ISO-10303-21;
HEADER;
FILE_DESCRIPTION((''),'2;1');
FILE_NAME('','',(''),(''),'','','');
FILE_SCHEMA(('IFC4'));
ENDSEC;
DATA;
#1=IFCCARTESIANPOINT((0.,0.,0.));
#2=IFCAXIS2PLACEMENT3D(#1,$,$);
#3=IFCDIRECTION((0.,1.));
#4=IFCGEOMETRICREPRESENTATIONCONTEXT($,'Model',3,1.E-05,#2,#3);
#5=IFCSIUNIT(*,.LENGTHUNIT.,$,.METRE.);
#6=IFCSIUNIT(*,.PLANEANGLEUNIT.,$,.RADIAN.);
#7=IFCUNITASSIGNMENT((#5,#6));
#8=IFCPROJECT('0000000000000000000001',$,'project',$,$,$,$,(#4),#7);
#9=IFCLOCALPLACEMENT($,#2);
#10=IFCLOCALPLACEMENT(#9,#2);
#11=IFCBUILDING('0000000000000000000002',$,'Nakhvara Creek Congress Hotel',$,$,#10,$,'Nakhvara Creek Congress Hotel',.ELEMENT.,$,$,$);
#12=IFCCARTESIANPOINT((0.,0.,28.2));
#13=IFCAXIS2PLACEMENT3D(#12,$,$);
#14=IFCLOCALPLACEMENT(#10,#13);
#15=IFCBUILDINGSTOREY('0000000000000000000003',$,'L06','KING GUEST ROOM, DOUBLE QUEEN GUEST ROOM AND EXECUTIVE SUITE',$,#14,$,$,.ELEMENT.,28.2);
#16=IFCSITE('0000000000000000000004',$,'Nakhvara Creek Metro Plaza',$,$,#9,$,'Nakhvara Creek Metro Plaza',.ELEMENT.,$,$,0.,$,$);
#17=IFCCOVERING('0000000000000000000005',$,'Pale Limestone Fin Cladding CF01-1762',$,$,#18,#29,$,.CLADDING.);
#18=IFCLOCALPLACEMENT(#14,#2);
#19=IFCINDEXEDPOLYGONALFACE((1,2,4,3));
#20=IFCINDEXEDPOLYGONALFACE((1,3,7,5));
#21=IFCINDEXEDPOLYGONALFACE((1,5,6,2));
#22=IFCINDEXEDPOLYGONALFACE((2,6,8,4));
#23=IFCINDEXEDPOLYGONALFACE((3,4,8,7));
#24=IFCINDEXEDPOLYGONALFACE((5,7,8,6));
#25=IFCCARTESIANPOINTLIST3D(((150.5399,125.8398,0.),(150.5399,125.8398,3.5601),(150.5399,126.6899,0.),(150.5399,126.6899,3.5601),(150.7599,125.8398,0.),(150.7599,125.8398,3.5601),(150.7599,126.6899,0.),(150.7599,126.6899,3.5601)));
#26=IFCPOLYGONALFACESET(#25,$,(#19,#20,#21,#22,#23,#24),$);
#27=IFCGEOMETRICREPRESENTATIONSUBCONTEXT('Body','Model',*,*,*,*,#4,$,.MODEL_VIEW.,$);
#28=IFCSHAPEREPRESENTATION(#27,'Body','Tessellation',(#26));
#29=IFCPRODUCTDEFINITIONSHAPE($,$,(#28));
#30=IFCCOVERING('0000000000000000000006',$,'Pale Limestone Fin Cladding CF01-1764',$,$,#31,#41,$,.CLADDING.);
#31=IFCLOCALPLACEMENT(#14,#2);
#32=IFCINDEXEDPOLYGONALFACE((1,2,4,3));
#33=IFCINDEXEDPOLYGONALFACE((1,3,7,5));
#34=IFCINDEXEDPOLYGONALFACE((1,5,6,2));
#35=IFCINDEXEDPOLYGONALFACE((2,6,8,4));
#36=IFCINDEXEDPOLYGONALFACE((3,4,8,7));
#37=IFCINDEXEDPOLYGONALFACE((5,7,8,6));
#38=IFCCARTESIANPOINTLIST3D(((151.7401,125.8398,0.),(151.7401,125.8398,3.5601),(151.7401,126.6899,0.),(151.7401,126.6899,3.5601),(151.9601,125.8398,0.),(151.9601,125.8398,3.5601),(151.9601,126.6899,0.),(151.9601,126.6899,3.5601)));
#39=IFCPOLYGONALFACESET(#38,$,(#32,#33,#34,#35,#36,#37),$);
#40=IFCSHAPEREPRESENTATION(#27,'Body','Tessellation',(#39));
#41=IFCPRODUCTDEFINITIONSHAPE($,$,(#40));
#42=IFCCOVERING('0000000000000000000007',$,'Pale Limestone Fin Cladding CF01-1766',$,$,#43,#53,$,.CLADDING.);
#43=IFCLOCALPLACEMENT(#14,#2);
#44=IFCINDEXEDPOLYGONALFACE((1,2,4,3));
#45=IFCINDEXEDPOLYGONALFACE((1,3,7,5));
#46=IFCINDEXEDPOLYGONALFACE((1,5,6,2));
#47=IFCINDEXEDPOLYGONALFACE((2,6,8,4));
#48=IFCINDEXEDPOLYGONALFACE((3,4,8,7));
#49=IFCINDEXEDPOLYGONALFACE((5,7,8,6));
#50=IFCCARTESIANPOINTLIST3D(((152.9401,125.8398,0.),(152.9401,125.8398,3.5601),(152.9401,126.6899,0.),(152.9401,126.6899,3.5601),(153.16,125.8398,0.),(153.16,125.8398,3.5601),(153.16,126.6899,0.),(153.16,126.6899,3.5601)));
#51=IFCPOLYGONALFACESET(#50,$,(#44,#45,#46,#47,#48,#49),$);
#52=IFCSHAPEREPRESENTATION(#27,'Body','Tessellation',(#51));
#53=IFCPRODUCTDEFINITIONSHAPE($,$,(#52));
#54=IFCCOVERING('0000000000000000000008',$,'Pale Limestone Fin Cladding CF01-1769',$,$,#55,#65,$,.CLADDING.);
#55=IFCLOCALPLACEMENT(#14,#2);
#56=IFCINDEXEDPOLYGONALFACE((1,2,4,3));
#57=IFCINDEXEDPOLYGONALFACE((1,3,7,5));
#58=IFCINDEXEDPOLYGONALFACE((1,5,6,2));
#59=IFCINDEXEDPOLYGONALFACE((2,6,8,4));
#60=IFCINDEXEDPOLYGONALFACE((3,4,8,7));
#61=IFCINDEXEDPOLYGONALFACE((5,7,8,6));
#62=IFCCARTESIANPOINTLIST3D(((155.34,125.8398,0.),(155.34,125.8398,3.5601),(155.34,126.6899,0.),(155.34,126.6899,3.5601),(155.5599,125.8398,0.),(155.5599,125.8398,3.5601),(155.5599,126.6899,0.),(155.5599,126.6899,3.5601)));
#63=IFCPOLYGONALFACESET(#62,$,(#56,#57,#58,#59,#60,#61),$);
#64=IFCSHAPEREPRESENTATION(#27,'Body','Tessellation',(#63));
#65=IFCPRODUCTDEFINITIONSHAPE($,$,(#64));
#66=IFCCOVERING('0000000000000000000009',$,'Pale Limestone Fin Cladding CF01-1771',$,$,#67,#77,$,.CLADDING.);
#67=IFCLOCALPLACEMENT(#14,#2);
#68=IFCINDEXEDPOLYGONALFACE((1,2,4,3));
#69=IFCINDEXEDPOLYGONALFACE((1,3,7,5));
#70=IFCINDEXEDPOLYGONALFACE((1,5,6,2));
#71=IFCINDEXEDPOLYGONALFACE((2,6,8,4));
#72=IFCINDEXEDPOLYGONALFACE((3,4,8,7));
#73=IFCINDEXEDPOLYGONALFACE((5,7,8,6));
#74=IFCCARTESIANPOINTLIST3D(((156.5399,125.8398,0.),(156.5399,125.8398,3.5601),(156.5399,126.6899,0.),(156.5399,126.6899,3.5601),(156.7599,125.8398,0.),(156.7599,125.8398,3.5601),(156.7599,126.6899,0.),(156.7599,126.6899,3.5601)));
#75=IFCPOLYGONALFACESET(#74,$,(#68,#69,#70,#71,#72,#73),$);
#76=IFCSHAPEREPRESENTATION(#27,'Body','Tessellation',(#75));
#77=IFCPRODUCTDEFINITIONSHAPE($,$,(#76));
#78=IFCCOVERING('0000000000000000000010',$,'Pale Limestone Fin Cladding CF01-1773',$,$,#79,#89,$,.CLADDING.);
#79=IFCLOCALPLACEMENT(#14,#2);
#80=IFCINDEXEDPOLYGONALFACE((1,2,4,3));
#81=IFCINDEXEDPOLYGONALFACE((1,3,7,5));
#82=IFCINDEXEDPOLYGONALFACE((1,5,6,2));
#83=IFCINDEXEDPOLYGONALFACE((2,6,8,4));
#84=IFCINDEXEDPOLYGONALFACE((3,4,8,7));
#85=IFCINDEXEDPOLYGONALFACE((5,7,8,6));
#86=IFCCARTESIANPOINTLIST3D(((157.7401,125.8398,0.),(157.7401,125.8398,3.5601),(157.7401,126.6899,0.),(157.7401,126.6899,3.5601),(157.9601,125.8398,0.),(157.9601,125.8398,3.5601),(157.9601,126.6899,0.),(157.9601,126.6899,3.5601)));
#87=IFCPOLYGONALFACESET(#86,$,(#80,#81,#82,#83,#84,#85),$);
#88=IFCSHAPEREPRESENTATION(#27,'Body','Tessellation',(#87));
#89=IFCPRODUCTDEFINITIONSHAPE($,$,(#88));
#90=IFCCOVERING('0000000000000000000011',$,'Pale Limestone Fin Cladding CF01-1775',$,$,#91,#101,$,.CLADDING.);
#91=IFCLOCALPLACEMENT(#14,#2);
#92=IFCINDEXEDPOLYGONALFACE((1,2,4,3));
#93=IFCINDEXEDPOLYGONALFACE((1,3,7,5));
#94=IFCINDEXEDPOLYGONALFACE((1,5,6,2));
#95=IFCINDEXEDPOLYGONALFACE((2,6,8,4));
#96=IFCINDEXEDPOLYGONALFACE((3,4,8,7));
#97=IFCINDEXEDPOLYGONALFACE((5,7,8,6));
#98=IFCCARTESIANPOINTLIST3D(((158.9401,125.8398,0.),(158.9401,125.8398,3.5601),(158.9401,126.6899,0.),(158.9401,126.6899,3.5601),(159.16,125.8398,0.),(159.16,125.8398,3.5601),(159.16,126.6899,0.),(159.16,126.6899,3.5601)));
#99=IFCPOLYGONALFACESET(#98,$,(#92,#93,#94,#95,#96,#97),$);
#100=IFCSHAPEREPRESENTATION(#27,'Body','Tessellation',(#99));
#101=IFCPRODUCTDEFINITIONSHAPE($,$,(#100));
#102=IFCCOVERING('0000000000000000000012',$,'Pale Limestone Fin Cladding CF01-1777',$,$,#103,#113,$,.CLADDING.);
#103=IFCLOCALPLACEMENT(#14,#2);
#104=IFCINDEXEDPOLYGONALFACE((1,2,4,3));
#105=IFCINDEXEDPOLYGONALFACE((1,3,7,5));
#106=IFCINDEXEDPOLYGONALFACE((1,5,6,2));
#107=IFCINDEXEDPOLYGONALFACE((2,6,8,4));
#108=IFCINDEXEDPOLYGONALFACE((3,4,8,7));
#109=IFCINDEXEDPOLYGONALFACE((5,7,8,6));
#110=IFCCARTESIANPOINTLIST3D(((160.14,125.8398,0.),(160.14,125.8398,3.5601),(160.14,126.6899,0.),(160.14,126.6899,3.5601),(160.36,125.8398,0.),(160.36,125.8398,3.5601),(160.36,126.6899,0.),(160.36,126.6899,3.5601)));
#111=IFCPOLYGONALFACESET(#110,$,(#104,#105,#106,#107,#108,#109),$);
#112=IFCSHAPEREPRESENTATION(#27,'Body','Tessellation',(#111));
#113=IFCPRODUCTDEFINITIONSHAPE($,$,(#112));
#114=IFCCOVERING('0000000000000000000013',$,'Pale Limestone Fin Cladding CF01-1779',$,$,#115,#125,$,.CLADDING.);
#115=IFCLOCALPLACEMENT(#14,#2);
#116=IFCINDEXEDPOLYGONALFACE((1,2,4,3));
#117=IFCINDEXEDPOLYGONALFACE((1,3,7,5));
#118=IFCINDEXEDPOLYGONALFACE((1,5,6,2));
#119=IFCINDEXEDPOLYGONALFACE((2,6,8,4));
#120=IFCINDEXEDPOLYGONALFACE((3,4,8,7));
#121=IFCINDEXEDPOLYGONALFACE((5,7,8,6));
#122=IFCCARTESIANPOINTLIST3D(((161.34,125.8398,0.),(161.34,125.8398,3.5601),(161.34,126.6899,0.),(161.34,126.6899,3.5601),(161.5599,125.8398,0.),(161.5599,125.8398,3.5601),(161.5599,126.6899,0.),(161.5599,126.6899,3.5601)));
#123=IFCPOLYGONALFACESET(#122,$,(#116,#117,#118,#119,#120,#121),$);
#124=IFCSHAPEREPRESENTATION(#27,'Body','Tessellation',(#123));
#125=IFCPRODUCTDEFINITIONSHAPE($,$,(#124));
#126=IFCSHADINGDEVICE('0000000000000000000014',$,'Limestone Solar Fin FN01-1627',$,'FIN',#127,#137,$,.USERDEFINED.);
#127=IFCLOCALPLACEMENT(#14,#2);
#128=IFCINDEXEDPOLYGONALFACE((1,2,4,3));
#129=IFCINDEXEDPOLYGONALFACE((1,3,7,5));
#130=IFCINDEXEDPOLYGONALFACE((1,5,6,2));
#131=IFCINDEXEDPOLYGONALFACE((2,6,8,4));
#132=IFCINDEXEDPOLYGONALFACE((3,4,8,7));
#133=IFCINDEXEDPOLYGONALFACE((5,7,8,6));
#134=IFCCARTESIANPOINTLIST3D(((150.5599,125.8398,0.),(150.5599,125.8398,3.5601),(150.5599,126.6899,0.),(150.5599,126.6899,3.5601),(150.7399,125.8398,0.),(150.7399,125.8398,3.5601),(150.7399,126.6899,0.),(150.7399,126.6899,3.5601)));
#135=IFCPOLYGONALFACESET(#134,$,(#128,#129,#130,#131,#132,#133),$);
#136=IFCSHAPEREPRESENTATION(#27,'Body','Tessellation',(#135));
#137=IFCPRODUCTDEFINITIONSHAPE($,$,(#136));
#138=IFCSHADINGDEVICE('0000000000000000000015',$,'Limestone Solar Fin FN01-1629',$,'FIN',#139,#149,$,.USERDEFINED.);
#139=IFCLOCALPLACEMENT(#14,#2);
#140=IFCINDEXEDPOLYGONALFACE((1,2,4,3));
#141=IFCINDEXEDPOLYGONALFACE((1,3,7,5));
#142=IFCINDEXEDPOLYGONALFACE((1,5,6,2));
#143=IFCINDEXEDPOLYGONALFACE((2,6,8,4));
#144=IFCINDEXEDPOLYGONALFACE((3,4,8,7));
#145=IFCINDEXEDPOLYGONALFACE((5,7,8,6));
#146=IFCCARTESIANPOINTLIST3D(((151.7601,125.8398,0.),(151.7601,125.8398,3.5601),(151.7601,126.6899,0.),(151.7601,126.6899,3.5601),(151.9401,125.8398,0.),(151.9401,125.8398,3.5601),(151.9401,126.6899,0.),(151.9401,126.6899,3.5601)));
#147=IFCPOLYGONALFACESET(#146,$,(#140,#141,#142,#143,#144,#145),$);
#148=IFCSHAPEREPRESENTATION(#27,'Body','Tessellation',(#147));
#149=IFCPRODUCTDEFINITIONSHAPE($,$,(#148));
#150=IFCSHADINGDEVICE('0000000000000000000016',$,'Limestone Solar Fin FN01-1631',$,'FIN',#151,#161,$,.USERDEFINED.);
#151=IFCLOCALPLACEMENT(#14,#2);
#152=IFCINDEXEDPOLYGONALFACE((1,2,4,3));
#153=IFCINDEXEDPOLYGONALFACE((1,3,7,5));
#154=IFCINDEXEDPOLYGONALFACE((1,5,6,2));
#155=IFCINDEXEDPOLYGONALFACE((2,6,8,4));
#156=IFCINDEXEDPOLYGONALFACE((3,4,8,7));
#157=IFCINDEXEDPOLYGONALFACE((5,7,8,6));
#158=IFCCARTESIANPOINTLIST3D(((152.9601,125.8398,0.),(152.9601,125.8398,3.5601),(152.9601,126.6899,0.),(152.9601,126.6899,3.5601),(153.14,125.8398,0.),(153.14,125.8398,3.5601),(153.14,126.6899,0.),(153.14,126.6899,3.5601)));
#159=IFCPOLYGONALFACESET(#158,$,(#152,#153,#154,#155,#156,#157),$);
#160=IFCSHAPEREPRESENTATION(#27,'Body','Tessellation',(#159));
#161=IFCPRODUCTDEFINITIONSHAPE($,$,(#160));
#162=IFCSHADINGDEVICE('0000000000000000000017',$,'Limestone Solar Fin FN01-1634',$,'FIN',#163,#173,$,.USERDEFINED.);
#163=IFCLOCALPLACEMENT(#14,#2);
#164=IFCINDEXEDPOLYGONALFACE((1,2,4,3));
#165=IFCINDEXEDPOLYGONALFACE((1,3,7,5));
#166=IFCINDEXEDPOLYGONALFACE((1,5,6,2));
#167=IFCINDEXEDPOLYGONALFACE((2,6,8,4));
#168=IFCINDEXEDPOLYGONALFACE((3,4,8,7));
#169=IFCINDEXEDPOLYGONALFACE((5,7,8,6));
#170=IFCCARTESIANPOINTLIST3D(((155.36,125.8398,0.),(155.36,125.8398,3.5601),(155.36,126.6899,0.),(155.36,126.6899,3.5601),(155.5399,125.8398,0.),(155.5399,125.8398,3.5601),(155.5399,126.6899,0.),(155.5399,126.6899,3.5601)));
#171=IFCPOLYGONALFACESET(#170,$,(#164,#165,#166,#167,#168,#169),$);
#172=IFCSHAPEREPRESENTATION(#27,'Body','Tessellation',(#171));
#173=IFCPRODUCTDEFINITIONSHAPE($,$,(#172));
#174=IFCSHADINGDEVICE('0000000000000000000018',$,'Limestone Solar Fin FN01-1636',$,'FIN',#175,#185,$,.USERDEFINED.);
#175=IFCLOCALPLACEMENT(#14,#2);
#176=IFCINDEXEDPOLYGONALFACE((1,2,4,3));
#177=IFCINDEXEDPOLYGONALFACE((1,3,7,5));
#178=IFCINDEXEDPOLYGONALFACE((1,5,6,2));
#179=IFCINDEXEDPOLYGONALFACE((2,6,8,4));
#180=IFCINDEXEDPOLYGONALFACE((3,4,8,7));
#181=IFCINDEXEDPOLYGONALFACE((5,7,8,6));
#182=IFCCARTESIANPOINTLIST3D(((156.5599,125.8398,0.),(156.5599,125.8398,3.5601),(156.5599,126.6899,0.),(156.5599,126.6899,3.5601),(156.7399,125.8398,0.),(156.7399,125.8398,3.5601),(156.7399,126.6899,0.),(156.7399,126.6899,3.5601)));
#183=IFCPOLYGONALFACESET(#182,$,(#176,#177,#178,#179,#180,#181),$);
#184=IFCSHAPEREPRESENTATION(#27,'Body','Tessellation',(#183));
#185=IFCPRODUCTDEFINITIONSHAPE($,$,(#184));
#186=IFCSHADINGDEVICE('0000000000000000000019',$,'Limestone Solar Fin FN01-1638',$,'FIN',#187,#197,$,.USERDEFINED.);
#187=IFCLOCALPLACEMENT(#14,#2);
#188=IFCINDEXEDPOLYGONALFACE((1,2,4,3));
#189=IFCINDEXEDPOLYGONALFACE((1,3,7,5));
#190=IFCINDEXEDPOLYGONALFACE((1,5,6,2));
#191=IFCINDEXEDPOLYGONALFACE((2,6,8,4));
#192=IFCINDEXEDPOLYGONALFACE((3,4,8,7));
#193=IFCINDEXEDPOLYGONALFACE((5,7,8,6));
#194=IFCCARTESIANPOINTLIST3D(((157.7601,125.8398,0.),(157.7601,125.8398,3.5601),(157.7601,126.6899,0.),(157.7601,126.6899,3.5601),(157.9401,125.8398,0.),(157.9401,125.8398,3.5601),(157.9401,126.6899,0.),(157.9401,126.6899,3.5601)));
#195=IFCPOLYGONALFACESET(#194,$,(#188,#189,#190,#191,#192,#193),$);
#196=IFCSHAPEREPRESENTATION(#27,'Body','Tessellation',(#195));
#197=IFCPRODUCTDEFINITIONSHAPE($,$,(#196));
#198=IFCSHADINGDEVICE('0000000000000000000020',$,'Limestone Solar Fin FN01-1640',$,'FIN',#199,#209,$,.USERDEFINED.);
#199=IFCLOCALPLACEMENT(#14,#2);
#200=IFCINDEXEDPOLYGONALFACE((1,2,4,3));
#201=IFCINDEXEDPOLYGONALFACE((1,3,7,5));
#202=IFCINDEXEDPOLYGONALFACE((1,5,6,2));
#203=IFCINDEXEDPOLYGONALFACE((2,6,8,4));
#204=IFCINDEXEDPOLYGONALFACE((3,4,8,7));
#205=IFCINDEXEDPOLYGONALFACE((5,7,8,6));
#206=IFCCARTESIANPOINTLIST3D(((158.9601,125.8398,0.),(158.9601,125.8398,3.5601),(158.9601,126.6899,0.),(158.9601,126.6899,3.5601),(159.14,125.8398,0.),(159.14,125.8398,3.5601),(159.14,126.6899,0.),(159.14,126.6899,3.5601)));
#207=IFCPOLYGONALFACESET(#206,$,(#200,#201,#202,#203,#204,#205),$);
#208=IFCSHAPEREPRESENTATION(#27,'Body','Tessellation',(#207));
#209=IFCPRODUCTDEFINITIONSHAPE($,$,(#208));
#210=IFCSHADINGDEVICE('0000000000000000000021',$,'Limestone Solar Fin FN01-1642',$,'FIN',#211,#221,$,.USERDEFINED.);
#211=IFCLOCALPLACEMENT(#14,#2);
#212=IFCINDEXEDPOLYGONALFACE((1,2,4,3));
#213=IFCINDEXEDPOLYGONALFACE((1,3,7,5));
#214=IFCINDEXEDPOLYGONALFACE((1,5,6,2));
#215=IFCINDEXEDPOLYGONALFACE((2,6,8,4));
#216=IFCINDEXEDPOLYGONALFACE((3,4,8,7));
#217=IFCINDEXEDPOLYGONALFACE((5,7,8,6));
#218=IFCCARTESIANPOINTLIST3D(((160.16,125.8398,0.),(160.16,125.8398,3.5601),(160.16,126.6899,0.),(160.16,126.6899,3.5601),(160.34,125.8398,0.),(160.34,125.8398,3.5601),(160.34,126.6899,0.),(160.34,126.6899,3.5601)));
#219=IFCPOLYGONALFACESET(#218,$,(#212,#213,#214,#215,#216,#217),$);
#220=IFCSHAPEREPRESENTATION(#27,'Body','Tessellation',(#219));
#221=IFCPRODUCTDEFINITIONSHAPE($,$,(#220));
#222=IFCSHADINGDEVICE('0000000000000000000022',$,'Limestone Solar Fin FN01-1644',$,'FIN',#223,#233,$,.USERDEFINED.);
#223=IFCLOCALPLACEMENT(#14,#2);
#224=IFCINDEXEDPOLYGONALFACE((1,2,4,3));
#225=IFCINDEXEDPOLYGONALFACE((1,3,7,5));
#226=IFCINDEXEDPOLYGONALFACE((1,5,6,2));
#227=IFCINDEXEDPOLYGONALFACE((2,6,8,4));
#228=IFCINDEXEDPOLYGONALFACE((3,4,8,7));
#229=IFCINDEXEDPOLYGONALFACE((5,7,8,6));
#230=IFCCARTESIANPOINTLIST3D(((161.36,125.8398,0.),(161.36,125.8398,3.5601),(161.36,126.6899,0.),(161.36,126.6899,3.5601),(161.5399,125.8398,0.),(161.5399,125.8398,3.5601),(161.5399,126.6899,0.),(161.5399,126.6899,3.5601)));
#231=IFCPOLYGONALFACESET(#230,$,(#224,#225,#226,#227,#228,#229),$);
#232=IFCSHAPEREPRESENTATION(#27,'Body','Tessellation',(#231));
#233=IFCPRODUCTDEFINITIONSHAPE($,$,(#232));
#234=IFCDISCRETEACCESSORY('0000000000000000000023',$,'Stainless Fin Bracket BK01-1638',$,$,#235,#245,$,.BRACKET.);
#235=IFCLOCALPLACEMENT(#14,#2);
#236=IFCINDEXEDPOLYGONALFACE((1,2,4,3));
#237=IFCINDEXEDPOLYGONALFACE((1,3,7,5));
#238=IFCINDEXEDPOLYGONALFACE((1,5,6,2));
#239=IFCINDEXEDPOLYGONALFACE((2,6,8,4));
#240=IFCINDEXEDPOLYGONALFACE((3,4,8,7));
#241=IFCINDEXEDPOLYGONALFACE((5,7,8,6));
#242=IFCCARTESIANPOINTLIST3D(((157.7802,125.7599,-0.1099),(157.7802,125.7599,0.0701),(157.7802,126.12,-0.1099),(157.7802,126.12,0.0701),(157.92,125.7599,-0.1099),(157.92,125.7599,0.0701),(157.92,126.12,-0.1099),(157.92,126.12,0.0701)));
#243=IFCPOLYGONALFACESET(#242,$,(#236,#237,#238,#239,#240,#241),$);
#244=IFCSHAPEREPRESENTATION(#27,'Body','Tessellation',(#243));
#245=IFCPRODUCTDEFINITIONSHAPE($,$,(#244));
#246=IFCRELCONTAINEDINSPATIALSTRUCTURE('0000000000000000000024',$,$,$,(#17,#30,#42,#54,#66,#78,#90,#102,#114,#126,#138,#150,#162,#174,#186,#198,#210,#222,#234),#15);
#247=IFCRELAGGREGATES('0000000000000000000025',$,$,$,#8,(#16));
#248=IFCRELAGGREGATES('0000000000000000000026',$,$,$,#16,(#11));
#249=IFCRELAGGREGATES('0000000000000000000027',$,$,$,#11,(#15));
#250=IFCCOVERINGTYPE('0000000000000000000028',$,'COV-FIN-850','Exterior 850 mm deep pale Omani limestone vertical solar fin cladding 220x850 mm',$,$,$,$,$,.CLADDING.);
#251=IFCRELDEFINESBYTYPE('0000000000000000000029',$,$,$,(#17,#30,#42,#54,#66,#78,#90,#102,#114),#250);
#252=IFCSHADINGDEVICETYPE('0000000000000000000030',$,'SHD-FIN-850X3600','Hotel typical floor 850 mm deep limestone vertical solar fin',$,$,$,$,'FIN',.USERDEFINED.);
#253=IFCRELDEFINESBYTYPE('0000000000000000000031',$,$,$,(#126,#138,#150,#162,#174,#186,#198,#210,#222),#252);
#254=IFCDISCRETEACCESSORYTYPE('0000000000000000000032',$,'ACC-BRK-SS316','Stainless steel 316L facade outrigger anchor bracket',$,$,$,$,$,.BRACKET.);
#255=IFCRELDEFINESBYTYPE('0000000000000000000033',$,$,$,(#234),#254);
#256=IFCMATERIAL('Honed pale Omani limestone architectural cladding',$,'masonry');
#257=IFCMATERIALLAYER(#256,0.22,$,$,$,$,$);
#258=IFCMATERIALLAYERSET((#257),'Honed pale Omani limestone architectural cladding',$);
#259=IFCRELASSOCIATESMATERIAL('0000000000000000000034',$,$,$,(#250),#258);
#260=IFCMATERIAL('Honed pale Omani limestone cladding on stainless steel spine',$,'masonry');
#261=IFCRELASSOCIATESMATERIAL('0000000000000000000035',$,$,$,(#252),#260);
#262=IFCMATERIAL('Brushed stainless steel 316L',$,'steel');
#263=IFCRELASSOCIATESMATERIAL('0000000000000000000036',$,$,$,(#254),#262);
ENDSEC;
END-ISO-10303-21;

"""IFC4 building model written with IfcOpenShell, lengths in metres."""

from ifc_helpers import new_model, si_unit, direction, frame, origin, origin_2d, place, context, subcontext, project, spatial, rectangle, extrude, material, layer, layer_set, type_object, element, save


model = new_model("IFC4")

# Units and contexts
model_context = context("Model", 3, precision=1e-05, world=origin(), true_north=direction((0.0, 1.0)))
body_context = subcontext(model_context, "Body", "Model", "MODEL_VIEW")
ifc_project = project(units=[si_unit("LENGTHUNIT", "METRE"), si_unit("PLANEANGLEUNIT", "RADIAN")], contexts=[model_context])

# Site, building, storey
site_placement = place(None, origin())
site = spatial("IfcSite", under=ifc_project, at=site_placement, Name="Nakhvara Creek Metro Plaza", LongName="Nakhvara Creek Metro Plaza", CompositionType="ELEMENT", RefElevation=0.0)
building_placement = place(site_placement, origin())
building = spatial("IfcBuilding", under=site, at=building_placement, Name="Nakhvara Creek Congress Hotel", LongName="Nakhvara Creek Congress Hotel", CompositionType="ELEMENT")
storey_placement = place(building_placement, frame((0.0, 0.0, 28.2)))
storey = spatial("IfcBuildingStorey", under=building, at=storey_placement, Name="L06", Description="KING GUEST ROOM, DOUBLE QUEEN GUEST ROOM AND EXECUTIVE SUITE", CompositionType="ELEMENT", Elevation=28.2)

# Coverings
ifc_material_1 = material(Name="Honed pale Omani limestone architectural cladding", Category="masonry")
ifc_layer = layer(ifc_material_1, 0.22)
ifc_layer_set = layer_set([ifc_layer], Name="Honed pale Omani limestone architectural cladding")
covering_type = type_object("IfcCoveringType", Name="COV-FIN-850", Description="Exterior 850 mm deep pale Omani limestone vertical solar fin cladding 220x850 mm", PredefinedType="CLADDING", material=ifc_layer_set)
for number, where, z_axis, x_axis, name in (
    (1, (150.6499, 126.2649, 0.0), (0.0, 0.0, 1.0), (1.0, 0.0, 0.0), "Pale Limestone Fin Cladding CF01-1762"),
    (2, (151.8501, 126.2649, 0.0), (0.0, 0.0, 1.0), (1.0, 0.0, 0.0), "Pale Limestone Fin Cladding CF01-1764"),
    (3, (153.05, 126.2649, 0.0), (0.0, 0.0, 1.0), (1.0, 0.0, 0.0), "Pale Limestone Fin Cladding CF01-1766"),
    (4, (155.45, 126.2649, 0.0), (0.0, 0.0, 1.0), (1.0, 0.0, 0.0), "Pale Limestone Fin Cladding CF01-1769"),
    (5, (156.6499, 126.2649, 0.0), (0.0, 0.0, 1.0), (1.0, 0.0, 0.0), "Pale Limestone Fin Cladding CF01-1771"),
    (6, (157.8501, 126.2649, 0.0), (0.0, 0.0, 1.0), (1.0, 0.0, 0.0), "Pale Limestone Fin Cladding CF01-1773"),
    (7, (159.05, 126.2649, 0.0), (0.0, 0.0, 1.0), (1.0, 0.0, 0.0), "Pale Limestone Fin Cladding CF01-1775"),
    (8, (160.25, 126.2649, 0.0), (0.0, 0.0, 1.0), (1.0, 0.0, 0.0), "Pale Limestone Fin Cladding CF01-1777"),
    (9, (161.45, 126.2649, 0.0), (0.0, 0.0, 1.0), (1.0, 0.0, 0.0), "Pale Limestone Fin Cladding CF01-1779"),
):
    element("IfcCovering", number, at=place(storey_placement, frame(where, z_axis=z_axis, x_axis=x_axis)), inside=storey, type_object=covering_type, Name=name, PredefinedType="CLADDING", context=body_context, shape_type="SweptSolid", body=[
        extrude(rectangle(XDim=0.22, YDim=0.8501, at=origin_2d()), origin(), (0.0, 0.0, 1.0), 3.5601),
    ])

# Shading devices
ifc_material_2 = material(Name="Honed pale Omani limestone cladding on stainless steel spine", Category="masonry")
shading_device_type = type_object("IfcShadingDeviceType", Name="SHD-FIN-850X3600", Description="Hotel typical floor 850 mm deep limestone vertical solar fin", ElementType="FIN", PredefinedType="USERDEFINED", material=ifc_material_2)
for number, where, z_axis, x_axis, name in (
    (10, (150.6499, 126.2649, 0.0), (0.0, 0.0, 1.0), (1.0, 0.0, 0.0), "Limestone Solar Fin FN01-1627"),
    (11, (151.8501, 126.2649, 0.0), (0.0, 0.0, 1.0), (1.0, 0.0, 0.0), "Limestone Solar Fin FN01-1629"),
    (12, (153.05, 126.2649, 0.0), (0.0, 0.0, 1.0), (1.0, 0.0, 0.0), "Limestone Solar Fin FN01-1631"),
    (13, (155.45, 126.2649, 0.0), (0.0, 0.0, 1.0), (1.0, 0.0, 0.0), "Limestone Solar Fin FN01-1634"),
    (14, (156.6499, 126.2649, 0.0), (0.0, 0.0, 1.0), (1.0, 0.0, 0.0), "Limestone Solar Fin FN01-1636"),
    (15, (157.8501, 126.2649, 0.0), (0.0, 0.0, 1.0), (1.0, 0.0, 0.0), "Limestone Solar Fin FN01-1638"),
    (16, (159.05, 126.2649, 0.0), (0.0, 0.0, 1.0), (1.0, 0.0, 0.0), "Limestone Solar Fin FN01-1640"),
    (17, (160.25, 126.2649, 0.0), (0.0, 0.0, 1.0), (1.0, 0.0, 0.0), "Limestone Solar Fin FN01-1642"),
    (18, (161.45, 126.2649, 0.0), (0.0, 0.0, 1.0), (1.0, 0.0, 0.0), "Limestone Solar Fin FN01-1644"),
):
    element("IfcShadingDevice", number, at=place(storey_placement, frame(where, z_axis=z_axis, x_axis=x_axis)), inside=storey, type_object=shading_device_type, Name=name, ObjectType="FIN", PredefinedType="USERDEFINED", context=body_context, shape_type="SweptSolid", body=[
        extrude(rectangle(XDim=0.1799, YDim=0.8501, at=origin_2d()), origin(), (0.0, 0.0, 1.0), 3.5601),
    ])

# Discrete accessory
ifc_material_3 = material(Name="Brushed stainless steel 316L", Category="steel")
discrete_accessory_type = type_object("IfcDiscreteAccessoryType", Name="ACC-BRK-SS316", Description="Stainless steel 316L facade outrigger anchor bracket", PredefinedType="BRACKET", material=ifc_material_3)
for number, where, z_axis, x_axis, name in (
    (19, (157.8501, 125.9399, -0.1099), (0.0, 0.0, 1.0), (1.0, 0.0, 0.0), "Stainless Fin Bracket BK01-1638"),
):
    element("IfcDiscreteAccessory", number, at=place(storey_placement, frame(where, z_axis=z_axis, x_axis=x_axis)), inside=storey, type_object=discrete_accessory_type, Name=name, PredefinedType="BRACKET", context=body_context, shape_type="SweptSolid", body=[
        extrude(rectangle(XDim=0.1399, YDim=0.3601, at=origin_2d()), origin(), (0.0, 0.0, 1.0), 0.1799),
    ])

save(model, "model.ifc")
